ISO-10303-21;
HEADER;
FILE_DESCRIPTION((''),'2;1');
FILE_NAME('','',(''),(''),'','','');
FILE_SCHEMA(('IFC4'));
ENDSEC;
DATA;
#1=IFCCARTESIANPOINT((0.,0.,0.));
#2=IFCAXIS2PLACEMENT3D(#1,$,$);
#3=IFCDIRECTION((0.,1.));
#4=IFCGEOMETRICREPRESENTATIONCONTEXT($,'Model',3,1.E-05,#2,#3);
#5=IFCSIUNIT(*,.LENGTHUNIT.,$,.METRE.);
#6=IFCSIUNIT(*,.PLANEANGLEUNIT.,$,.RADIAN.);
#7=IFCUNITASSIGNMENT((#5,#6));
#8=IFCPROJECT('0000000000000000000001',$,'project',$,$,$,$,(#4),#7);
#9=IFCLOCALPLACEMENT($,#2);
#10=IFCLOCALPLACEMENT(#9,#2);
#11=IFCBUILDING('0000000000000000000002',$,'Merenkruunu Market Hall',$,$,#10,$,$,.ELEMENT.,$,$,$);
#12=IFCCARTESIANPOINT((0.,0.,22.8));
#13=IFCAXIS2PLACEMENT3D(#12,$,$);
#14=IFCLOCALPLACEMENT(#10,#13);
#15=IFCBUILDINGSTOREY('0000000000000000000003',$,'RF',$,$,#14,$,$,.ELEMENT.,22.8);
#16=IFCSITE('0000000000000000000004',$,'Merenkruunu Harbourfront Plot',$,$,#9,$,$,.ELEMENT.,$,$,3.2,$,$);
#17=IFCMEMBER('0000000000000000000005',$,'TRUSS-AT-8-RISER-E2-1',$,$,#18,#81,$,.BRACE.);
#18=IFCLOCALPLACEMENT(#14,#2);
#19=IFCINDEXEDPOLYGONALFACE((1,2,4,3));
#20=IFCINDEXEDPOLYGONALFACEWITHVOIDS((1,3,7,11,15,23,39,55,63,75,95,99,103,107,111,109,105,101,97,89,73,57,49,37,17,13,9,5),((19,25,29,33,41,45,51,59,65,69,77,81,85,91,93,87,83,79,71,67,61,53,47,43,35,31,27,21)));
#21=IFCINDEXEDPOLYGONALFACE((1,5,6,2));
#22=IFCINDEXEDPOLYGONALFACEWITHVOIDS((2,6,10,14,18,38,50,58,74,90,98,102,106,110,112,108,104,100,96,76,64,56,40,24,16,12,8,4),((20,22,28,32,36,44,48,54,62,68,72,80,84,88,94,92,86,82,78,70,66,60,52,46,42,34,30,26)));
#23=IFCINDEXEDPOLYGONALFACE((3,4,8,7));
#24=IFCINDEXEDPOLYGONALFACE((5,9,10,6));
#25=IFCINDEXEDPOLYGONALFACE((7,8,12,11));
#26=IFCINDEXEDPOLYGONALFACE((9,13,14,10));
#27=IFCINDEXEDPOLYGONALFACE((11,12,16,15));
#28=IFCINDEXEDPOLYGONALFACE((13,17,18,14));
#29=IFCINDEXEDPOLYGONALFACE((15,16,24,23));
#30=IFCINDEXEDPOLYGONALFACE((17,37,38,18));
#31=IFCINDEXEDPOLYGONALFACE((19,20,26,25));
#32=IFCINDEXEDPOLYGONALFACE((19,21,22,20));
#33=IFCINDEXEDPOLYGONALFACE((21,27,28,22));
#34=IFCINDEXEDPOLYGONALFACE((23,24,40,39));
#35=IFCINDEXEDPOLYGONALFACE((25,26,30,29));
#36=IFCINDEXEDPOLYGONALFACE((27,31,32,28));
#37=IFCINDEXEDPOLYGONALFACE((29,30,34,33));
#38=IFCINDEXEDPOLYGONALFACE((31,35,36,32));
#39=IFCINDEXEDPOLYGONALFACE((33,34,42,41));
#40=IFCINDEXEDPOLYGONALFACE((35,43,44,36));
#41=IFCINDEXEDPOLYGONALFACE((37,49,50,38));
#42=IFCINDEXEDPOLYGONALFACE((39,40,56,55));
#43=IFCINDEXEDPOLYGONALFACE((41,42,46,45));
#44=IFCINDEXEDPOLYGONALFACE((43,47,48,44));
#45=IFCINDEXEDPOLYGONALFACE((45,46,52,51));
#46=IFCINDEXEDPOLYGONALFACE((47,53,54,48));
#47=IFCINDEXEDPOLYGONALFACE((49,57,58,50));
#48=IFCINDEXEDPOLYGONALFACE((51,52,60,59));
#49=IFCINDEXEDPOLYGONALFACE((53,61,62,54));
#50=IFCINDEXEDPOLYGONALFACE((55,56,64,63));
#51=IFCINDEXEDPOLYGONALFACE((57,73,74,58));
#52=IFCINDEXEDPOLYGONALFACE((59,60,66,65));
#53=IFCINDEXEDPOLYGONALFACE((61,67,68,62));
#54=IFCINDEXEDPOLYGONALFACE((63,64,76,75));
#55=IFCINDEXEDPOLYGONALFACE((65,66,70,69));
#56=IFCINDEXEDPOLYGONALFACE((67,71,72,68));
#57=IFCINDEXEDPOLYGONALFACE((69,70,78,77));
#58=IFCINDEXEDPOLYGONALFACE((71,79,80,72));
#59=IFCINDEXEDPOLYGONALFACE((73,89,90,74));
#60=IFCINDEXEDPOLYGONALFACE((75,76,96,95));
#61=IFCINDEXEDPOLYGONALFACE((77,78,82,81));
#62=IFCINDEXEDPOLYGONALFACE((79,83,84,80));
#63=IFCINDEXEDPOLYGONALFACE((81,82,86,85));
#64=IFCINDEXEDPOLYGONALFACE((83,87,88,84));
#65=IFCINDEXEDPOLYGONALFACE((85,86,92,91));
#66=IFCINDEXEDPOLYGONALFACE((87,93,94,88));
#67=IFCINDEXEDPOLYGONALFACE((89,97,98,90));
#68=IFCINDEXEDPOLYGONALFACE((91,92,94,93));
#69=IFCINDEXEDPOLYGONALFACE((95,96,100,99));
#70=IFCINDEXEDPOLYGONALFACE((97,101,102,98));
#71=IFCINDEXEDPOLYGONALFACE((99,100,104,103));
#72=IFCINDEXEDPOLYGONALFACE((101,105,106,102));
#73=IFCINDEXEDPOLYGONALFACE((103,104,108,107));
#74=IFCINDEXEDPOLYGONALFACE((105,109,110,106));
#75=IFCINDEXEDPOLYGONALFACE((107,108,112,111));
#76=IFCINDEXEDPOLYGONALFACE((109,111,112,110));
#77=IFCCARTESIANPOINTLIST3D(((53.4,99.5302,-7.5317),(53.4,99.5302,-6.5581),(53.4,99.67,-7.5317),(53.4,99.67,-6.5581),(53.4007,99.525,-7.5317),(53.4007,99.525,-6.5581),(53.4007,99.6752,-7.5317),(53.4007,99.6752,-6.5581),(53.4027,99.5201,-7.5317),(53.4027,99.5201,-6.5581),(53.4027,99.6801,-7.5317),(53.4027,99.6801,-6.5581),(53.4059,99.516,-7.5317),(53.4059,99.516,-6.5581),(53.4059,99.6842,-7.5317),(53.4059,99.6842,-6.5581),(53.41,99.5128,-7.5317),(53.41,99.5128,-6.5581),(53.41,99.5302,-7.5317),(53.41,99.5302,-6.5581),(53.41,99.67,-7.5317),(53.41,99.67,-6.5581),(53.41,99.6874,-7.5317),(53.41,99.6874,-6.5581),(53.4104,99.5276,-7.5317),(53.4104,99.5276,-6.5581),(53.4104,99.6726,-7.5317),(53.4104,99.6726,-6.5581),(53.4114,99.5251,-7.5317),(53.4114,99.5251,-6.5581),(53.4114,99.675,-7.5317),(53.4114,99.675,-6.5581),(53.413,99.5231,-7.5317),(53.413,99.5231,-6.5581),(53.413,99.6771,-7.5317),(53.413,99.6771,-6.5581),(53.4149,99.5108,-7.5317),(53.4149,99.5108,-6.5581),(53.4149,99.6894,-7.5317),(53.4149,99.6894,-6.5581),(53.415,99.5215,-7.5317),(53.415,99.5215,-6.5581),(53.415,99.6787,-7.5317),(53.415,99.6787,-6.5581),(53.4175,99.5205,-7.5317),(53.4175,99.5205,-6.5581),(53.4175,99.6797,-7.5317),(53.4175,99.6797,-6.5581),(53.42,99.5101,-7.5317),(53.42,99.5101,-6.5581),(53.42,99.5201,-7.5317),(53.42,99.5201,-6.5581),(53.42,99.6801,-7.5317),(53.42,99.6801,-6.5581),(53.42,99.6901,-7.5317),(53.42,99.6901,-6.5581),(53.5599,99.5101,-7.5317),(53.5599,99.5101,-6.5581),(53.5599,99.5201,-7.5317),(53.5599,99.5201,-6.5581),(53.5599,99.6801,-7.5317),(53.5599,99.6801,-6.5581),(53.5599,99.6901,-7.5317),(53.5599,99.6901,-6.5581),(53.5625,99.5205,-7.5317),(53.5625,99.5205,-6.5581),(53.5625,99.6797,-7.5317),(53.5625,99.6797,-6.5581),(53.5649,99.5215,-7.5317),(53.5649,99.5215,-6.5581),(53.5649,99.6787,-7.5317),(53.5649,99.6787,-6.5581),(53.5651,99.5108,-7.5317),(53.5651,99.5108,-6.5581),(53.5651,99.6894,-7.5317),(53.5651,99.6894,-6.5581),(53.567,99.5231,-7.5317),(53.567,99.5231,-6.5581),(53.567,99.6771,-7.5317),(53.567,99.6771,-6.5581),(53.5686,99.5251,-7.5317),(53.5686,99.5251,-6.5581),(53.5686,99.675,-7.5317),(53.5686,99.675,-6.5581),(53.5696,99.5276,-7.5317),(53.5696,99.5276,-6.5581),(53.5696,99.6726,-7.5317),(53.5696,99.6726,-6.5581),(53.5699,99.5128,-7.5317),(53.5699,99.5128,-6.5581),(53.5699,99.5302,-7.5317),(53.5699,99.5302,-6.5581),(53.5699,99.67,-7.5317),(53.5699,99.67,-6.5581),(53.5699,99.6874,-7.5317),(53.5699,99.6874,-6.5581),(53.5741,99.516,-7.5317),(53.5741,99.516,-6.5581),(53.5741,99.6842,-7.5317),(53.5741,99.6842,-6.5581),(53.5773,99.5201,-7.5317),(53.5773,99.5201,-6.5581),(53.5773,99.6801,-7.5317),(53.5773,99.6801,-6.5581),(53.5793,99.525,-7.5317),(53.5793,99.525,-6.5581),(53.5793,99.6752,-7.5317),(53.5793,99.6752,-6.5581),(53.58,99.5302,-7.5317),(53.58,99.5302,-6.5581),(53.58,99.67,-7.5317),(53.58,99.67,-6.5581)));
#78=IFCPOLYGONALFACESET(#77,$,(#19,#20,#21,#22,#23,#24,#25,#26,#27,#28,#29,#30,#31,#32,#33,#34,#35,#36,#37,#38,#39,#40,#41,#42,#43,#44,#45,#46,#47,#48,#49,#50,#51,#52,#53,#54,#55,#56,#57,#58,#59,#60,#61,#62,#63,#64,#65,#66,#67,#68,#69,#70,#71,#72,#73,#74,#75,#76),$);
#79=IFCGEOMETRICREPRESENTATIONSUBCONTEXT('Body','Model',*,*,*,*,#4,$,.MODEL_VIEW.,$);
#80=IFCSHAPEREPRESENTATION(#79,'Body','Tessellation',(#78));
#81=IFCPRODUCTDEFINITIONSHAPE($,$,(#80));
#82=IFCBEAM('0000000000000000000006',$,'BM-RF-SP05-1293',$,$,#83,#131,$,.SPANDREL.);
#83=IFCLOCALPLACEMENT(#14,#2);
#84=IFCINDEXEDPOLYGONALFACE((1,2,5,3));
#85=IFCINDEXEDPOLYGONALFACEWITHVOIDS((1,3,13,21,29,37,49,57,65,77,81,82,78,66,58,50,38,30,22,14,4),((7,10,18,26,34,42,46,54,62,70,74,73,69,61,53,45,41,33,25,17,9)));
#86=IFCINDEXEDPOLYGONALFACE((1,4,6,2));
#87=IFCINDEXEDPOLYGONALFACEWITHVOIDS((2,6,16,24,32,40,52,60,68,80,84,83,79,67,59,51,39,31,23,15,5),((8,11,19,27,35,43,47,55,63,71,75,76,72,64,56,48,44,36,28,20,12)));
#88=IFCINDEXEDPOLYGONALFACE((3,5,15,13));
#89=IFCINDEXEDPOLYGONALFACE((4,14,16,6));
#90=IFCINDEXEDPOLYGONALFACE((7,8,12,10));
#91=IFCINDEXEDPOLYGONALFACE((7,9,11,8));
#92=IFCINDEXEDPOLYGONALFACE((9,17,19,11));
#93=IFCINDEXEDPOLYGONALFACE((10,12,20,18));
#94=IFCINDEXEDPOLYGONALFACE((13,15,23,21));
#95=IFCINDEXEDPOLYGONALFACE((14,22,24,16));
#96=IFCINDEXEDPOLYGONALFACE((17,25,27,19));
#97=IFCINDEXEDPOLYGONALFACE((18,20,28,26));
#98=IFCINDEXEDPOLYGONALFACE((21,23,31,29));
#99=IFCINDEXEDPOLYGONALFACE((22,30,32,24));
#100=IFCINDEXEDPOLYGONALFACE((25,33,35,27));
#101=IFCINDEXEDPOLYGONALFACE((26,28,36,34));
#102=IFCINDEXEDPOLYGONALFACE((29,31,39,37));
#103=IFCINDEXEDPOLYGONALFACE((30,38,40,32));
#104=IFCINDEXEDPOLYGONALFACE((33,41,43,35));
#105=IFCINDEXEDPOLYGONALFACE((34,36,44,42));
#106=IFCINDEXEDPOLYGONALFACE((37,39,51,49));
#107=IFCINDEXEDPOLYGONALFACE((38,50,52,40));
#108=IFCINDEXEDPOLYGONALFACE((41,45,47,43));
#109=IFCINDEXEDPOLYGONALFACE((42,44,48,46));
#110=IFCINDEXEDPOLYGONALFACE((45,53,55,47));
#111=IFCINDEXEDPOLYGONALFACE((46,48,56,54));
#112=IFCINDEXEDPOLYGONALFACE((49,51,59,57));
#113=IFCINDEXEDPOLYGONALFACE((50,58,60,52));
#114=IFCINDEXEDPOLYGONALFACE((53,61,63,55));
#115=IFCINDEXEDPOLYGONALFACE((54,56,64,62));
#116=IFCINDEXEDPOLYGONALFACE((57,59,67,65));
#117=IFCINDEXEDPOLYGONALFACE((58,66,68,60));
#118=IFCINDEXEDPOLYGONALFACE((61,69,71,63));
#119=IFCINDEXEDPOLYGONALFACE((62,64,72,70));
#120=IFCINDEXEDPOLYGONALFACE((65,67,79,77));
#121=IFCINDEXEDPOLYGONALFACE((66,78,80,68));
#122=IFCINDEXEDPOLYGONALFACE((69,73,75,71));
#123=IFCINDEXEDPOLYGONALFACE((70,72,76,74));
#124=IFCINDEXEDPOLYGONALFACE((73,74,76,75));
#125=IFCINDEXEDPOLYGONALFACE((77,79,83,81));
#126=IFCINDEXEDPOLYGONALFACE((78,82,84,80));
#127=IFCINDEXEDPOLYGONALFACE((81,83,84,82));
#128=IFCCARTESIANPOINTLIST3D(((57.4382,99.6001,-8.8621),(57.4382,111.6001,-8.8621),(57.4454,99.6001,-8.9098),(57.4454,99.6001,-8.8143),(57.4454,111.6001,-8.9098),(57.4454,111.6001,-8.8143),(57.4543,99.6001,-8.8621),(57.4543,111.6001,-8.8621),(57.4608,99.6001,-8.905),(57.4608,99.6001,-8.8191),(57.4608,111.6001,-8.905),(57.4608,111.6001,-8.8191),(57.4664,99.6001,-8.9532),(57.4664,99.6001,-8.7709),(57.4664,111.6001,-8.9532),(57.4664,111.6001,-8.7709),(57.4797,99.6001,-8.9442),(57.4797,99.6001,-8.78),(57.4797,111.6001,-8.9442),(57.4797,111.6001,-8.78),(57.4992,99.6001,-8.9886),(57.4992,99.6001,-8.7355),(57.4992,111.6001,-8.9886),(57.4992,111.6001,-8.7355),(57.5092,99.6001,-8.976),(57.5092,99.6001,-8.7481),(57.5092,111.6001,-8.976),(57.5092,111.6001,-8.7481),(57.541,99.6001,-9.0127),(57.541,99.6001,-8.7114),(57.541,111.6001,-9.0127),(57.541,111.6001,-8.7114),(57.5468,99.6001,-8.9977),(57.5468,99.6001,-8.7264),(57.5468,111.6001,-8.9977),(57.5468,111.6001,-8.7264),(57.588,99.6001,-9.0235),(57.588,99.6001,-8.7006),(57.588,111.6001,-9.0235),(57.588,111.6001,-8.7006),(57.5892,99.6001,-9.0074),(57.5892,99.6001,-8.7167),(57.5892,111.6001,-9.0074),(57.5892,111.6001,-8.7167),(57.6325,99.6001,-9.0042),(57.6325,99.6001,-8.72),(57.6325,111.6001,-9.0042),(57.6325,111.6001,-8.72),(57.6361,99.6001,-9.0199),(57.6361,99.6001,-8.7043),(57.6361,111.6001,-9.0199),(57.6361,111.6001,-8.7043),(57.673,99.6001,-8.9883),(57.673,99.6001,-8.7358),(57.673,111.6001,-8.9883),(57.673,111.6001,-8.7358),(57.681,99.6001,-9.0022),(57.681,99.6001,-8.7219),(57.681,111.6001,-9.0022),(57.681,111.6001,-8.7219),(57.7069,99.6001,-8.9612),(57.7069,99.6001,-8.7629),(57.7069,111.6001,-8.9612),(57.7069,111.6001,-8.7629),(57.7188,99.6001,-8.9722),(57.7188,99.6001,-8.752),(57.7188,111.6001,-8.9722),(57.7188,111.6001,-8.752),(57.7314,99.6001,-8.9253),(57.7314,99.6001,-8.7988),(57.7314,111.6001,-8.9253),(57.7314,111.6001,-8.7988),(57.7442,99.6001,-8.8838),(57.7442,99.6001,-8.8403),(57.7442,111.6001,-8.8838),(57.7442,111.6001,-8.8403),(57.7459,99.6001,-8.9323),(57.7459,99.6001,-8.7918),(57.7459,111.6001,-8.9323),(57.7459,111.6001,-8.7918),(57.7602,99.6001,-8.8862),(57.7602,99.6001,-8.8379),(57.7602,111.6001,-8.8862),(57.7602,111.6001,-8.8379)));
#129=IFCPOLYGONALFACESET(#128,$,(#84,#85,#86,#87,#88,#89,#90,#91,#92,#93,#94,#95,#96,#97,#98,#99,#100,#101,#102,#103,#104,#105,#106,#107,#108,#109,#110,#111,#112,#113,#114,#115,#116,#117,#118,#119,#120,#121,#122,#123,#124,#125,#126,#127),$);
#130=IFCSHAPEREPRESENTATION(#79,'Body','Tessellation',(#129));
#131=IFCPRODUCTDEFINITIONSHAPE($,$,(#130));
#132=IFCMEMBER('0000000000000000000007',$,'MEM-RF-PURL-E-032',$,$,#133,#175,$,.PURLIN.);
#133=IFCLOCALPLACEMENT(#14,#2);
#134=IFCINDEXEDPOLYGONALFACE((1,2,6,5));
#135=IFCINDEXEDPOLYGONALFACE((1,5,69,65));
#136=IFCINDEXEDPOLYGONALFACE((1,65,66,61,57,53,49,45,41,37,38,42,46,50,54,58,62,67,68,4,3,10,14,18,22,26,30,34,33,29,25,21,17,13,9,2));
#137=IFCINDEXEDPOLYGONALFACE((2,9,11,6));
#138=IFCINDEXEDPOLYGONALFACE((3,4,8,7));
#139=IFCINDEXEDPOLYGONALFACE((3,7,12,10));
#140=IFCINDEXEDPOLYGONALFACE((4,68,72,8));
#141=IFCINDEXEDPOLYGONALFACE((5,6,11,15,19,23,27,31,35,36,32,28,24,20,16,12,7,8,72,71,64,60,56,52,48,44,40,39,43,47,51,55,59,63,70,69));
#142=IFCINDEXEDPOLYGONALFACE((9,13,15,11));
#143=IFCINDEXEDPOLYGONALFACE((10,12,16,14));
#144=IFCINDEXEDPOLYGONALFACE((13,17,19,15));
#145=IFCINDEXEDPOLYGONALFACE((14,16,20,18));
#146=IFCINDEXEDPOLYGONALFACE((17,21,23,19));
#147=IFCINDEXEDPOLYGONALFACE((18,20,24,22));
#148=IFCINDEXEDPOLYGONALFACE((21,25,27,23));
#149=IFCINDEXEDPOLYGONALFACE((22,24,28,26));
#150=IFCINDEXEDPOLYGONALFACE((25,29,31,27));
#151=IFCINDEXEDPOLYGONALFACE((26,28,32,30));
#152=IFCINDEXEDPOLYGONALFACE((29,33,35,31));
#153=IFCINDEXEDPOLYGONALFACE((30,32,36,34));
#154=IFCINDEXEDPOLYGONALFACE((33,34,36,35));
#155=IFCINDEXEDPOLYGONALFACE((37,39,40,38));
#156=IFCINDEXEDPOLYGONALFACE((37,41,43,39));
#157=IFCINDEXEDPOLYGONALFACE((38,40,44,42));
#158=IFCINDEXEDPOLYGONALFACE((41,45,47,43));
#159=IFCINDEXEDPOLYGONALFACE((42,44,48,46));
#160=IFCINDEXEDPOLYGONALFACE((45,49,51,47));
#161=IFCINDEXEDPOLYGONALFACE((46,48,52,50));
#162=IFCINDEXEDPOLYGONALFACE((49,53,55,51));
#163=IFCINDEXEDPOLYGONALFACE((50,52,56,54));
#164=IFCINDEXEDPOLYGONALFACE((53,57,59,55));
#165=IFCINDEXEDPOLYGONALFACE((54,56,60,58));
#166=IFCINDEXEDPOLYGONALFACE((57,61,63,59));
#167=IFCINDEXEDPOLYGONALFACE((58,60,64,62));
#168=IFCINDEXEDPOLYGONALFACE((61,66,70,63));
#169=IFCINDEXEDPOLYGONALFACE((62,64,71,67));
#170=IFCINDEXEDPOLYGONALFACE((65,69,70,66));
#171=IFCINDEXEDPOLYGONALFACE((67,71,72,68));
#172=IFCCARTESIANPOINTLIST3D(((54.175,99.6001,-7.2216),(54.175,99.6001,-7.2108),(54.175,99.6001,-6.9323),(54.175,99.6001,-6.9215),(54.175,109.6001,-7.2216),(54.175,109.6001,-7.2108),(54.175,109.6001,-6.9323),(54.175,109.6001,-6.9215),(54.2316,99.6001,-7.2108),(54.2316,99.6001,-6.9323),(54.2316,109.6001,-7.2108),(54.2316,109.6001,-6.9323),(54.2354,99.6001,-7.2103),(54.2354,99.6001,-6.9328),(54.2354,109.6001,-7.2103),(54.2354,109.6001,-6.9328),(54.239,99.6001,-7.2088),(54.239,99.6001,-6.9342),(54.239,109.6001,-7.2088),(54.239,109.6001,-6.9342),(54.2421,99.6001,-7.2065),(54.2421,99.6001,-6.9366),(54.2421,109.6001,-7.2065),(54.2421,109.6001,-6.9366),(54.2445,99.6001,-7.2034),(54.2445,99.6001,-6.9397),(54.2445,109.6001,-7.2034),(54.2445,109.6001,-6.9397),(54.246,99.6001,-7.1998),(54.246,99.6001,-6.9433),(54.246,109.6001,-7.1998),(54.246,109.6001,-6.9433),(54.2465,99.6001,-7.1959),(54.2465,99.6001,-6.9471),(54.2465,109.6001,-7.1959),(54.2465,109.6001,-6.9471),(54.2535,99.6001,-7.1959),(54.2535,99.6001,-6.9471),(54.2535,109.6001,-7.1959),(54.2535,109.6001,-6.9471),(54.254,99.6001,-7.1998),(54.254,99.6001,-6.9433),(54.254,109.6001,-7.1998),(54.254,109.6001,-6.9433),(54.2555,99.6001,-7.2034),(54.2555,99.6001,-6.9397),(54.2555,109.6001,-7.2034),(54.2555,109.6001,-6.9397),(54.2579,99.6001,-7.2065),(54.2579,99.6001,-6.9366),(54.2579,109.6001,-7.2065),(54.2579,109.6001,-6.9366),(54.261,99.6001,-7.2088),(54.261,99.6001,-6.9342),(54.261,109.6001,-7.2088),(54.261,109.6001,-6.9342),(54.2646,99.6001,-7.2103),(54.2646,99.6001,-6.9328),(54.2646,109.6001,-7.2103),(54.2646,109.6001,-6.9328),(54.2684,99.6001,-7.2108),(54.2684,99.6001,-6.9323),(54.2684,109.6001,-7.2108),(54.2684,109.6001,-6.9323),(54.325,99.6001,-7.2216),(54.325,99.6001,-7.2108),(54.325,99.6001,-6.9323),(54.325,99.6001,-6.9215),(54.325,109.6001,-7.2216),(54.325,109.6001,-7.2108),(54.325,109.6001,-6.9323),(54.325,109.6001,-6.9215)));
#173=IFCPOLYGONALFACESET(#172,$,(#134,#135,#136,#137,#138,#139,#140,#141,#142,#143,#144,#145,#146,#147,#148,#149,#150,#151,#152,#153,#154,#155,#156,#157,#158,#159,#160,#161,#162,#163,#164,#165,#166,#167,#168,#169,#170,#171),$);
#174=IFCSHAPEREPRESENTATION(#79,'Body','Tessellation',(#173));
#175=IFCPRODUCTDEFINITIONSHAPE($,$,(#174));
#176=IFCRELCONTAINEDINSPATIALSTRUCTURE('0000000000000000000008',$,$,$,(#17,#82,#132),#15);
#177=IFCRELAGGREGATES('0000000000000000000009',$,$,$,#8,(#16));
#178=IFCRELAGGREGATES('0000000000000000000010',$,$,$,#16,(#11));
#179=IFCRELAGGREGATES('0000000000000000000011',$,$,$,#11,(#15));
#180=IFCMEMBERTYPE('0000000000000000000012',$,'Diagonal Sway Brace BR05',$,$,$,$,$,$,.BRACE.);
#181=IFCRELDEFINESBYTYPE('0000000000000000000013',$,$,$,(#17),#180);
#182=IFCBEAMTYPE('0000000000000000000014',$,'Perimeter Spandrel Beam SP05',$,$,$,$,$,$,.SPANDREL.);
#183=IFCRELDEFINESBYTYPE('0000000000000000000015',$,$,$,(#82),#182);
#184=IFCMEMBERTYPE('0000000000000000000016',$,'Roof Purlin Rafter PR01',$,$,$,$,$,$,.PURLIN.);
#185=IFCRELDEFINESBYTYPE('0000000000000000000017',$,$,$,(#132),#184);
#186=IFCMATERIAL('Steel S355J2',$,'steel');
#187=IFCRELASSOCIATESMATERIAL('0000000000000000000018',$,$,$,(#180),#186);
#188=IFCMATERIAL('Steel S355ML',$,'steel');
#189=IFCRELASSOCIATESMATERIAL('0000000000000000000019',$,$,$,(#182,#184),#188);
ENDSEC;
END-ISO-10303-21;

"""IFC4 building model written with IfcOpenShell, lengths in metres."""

from ifc_helpers import new_model, si_unit, direction, frame, origin, origin_2d, place, context, subcontext, project, spatial, hollow_rectangle, hollow_circle, i_section, extrude, material, material_profile, profile_set, type_object, element, save


model = new_model("IFC4")

# Units and contexts
model_context = context("Model", 3, precision=1e-05, world=origin(), true_north=direction((0.0, 1.0)))
body_context = subcontext(model_context, "Body", "Model", "MODEL_VIEW")
ifc_project = project(units=[si_unit("LENGTHUNIT", "METRE"), si_unit("PLANEANGLEUNIT", "RADIAN")], contexts=[model_context])

# Site, building, storey
site_placement = place(None, origin())
site = spatial("IfcSite", under=ifc_project, at=site_placement, Name="Merenkruunu Harbourfront Plot", CompositionType="ELEMENT", RefElevation=3.2)
building_placement = place(site_placement, origin())
building = spatial("IfcBuilding", under=site, at=building_placement, Name="Merenkruunu Market Hall", CompositionType="ELEMENT")
storey_placement = place(building_placement, frame((0.0, 0.0, 22.8)))
storey = spatial("IfcBuildingStorey", under=building, at=storey_placement, Name="RF", CompositionType="ELEMENT", Elevation=22.8)

# Member
ifc_material_1 = material(Name="Steel S355J2", Category="steel")
ifc_material_profile_1 = material_profile(ifc_material_1, hollow_rectangle(XDim=0.1799, YDim=0.1799, WallThickness=0.01, InnerFilletRadius=0.01, OuterFilletRadius=0.02, at=origin_2d()), Name="SHS 180x180x10")
ifc_profile_set_1 = profile_set([ifc_material_profile_1], Name="Steel S355J2")
member_type_1 = type_object("IfcMemberType", Name="Diagonal Sway Brace BR05", PredefinedType="BRACE", material=ifc_profile_set_1)
member_1_placement = place(storey_placement, frame((53.49, 99.6001, -7.5317), z_axis=(0.0, 0.0, 1.0), x_axis=(1.0, 0.0, 0.0)))
element("IfcMember", 1, at=member_1_placement, inside=storey, type_object=member_type_1, Name="TRUSS-AT-8-RISER-E2-1", PredefinedType="BRACE", context=body_context, shape_type="SweptSolid", body=[
    extrude(hollow_rectangle(XDim=0.1799, YDim=0.1799, WallThickness=0.01, InnerFilletRadius=0.01, OuterFilletRadius=0.02, at=origin_2d()), origin(), (0.0, 0.0, 1.0), 0.9736),
])

# Beam
ifc_material_2 = material(Name="Steel S355ML", Category="steel")
ifc_material_profile_2 = material_profile(ifc_material_2, hollow_circle(Radius=0.1619, WallThickness=0.0161, at=origin_2d()), Name="CHS 323.9x16")
ifc_profile_set_2 = profile_set([ifc_material_profile_2], Name="Steel S355ML")
beam_type = type_object("IfcBeamType", Name="Perimeter Spandrel Beam SP05", PredefinedType="SPANDREL", material=ifc_profile_set_2)
beam_placement = place(storey_placement, frame((57.6001, 99.6001, -8.8621), z_axis=(0.0, 1.0, 0.0), x_axis=(-1.0, 0.0, 0.0)))
element("IfcBeam", 2, at=beam_placement, inside=storey, type_object=beam_type, Name="BM-RF-SP05-1293", PredefinedType="SPANDREL", context=body_context, shape_type="SweptSolid", body=[
    extrude(hollow_circle(Radius=0.1619, WallThickness=0.0161, at=origin_2d()), origin(), (0.0, 0.0, 1.0), 12.0),
])

# Member
ifc_material_profile_3 = material_profile(ifc_material_2, i_section(OverallWidth=0.1499, OverallDepth=0.3, WebThickness=0.0071, FlangeThickness=0.0107, FilletRadius=0.0149, at=origin_2d()), Name="IPE 300")
ifc_profile_set_3 = profile_set([ifc_material_profile_3], Name="Steel S355ML")
member_type_2 = type_object("IfcMemberType", Name="Roof Purlin Rafter PR01", PredefinedType="PURLIN", material=ifc_profile_set_3)
member_2_placement = place(storey_placement, frame((54.25, 99.6001, -7.0715), z_axis=(0.0, 1.0, 0.0), x_axis=(-1.0, 0.0, 0.0)))
element("IfcMember", 3, at=member_2_placement, inside=storey, type_object=member_type_2, Name="MEM-RF-PURL-E-032", PredefinedType="PURLIN", context=body_context, shape_type="SweptSolid", body=[
    extrude(i_section(OverallWidth=0.1499, OverallDepth=0.3, WebThickness=0.0071, FlangeThickness=0.0107, FilletRadius=0.0149, at=origin_2d()), origin(), (0.0, 0.0, 1.0), 10.0),
])

save(model, "model.ifc")
